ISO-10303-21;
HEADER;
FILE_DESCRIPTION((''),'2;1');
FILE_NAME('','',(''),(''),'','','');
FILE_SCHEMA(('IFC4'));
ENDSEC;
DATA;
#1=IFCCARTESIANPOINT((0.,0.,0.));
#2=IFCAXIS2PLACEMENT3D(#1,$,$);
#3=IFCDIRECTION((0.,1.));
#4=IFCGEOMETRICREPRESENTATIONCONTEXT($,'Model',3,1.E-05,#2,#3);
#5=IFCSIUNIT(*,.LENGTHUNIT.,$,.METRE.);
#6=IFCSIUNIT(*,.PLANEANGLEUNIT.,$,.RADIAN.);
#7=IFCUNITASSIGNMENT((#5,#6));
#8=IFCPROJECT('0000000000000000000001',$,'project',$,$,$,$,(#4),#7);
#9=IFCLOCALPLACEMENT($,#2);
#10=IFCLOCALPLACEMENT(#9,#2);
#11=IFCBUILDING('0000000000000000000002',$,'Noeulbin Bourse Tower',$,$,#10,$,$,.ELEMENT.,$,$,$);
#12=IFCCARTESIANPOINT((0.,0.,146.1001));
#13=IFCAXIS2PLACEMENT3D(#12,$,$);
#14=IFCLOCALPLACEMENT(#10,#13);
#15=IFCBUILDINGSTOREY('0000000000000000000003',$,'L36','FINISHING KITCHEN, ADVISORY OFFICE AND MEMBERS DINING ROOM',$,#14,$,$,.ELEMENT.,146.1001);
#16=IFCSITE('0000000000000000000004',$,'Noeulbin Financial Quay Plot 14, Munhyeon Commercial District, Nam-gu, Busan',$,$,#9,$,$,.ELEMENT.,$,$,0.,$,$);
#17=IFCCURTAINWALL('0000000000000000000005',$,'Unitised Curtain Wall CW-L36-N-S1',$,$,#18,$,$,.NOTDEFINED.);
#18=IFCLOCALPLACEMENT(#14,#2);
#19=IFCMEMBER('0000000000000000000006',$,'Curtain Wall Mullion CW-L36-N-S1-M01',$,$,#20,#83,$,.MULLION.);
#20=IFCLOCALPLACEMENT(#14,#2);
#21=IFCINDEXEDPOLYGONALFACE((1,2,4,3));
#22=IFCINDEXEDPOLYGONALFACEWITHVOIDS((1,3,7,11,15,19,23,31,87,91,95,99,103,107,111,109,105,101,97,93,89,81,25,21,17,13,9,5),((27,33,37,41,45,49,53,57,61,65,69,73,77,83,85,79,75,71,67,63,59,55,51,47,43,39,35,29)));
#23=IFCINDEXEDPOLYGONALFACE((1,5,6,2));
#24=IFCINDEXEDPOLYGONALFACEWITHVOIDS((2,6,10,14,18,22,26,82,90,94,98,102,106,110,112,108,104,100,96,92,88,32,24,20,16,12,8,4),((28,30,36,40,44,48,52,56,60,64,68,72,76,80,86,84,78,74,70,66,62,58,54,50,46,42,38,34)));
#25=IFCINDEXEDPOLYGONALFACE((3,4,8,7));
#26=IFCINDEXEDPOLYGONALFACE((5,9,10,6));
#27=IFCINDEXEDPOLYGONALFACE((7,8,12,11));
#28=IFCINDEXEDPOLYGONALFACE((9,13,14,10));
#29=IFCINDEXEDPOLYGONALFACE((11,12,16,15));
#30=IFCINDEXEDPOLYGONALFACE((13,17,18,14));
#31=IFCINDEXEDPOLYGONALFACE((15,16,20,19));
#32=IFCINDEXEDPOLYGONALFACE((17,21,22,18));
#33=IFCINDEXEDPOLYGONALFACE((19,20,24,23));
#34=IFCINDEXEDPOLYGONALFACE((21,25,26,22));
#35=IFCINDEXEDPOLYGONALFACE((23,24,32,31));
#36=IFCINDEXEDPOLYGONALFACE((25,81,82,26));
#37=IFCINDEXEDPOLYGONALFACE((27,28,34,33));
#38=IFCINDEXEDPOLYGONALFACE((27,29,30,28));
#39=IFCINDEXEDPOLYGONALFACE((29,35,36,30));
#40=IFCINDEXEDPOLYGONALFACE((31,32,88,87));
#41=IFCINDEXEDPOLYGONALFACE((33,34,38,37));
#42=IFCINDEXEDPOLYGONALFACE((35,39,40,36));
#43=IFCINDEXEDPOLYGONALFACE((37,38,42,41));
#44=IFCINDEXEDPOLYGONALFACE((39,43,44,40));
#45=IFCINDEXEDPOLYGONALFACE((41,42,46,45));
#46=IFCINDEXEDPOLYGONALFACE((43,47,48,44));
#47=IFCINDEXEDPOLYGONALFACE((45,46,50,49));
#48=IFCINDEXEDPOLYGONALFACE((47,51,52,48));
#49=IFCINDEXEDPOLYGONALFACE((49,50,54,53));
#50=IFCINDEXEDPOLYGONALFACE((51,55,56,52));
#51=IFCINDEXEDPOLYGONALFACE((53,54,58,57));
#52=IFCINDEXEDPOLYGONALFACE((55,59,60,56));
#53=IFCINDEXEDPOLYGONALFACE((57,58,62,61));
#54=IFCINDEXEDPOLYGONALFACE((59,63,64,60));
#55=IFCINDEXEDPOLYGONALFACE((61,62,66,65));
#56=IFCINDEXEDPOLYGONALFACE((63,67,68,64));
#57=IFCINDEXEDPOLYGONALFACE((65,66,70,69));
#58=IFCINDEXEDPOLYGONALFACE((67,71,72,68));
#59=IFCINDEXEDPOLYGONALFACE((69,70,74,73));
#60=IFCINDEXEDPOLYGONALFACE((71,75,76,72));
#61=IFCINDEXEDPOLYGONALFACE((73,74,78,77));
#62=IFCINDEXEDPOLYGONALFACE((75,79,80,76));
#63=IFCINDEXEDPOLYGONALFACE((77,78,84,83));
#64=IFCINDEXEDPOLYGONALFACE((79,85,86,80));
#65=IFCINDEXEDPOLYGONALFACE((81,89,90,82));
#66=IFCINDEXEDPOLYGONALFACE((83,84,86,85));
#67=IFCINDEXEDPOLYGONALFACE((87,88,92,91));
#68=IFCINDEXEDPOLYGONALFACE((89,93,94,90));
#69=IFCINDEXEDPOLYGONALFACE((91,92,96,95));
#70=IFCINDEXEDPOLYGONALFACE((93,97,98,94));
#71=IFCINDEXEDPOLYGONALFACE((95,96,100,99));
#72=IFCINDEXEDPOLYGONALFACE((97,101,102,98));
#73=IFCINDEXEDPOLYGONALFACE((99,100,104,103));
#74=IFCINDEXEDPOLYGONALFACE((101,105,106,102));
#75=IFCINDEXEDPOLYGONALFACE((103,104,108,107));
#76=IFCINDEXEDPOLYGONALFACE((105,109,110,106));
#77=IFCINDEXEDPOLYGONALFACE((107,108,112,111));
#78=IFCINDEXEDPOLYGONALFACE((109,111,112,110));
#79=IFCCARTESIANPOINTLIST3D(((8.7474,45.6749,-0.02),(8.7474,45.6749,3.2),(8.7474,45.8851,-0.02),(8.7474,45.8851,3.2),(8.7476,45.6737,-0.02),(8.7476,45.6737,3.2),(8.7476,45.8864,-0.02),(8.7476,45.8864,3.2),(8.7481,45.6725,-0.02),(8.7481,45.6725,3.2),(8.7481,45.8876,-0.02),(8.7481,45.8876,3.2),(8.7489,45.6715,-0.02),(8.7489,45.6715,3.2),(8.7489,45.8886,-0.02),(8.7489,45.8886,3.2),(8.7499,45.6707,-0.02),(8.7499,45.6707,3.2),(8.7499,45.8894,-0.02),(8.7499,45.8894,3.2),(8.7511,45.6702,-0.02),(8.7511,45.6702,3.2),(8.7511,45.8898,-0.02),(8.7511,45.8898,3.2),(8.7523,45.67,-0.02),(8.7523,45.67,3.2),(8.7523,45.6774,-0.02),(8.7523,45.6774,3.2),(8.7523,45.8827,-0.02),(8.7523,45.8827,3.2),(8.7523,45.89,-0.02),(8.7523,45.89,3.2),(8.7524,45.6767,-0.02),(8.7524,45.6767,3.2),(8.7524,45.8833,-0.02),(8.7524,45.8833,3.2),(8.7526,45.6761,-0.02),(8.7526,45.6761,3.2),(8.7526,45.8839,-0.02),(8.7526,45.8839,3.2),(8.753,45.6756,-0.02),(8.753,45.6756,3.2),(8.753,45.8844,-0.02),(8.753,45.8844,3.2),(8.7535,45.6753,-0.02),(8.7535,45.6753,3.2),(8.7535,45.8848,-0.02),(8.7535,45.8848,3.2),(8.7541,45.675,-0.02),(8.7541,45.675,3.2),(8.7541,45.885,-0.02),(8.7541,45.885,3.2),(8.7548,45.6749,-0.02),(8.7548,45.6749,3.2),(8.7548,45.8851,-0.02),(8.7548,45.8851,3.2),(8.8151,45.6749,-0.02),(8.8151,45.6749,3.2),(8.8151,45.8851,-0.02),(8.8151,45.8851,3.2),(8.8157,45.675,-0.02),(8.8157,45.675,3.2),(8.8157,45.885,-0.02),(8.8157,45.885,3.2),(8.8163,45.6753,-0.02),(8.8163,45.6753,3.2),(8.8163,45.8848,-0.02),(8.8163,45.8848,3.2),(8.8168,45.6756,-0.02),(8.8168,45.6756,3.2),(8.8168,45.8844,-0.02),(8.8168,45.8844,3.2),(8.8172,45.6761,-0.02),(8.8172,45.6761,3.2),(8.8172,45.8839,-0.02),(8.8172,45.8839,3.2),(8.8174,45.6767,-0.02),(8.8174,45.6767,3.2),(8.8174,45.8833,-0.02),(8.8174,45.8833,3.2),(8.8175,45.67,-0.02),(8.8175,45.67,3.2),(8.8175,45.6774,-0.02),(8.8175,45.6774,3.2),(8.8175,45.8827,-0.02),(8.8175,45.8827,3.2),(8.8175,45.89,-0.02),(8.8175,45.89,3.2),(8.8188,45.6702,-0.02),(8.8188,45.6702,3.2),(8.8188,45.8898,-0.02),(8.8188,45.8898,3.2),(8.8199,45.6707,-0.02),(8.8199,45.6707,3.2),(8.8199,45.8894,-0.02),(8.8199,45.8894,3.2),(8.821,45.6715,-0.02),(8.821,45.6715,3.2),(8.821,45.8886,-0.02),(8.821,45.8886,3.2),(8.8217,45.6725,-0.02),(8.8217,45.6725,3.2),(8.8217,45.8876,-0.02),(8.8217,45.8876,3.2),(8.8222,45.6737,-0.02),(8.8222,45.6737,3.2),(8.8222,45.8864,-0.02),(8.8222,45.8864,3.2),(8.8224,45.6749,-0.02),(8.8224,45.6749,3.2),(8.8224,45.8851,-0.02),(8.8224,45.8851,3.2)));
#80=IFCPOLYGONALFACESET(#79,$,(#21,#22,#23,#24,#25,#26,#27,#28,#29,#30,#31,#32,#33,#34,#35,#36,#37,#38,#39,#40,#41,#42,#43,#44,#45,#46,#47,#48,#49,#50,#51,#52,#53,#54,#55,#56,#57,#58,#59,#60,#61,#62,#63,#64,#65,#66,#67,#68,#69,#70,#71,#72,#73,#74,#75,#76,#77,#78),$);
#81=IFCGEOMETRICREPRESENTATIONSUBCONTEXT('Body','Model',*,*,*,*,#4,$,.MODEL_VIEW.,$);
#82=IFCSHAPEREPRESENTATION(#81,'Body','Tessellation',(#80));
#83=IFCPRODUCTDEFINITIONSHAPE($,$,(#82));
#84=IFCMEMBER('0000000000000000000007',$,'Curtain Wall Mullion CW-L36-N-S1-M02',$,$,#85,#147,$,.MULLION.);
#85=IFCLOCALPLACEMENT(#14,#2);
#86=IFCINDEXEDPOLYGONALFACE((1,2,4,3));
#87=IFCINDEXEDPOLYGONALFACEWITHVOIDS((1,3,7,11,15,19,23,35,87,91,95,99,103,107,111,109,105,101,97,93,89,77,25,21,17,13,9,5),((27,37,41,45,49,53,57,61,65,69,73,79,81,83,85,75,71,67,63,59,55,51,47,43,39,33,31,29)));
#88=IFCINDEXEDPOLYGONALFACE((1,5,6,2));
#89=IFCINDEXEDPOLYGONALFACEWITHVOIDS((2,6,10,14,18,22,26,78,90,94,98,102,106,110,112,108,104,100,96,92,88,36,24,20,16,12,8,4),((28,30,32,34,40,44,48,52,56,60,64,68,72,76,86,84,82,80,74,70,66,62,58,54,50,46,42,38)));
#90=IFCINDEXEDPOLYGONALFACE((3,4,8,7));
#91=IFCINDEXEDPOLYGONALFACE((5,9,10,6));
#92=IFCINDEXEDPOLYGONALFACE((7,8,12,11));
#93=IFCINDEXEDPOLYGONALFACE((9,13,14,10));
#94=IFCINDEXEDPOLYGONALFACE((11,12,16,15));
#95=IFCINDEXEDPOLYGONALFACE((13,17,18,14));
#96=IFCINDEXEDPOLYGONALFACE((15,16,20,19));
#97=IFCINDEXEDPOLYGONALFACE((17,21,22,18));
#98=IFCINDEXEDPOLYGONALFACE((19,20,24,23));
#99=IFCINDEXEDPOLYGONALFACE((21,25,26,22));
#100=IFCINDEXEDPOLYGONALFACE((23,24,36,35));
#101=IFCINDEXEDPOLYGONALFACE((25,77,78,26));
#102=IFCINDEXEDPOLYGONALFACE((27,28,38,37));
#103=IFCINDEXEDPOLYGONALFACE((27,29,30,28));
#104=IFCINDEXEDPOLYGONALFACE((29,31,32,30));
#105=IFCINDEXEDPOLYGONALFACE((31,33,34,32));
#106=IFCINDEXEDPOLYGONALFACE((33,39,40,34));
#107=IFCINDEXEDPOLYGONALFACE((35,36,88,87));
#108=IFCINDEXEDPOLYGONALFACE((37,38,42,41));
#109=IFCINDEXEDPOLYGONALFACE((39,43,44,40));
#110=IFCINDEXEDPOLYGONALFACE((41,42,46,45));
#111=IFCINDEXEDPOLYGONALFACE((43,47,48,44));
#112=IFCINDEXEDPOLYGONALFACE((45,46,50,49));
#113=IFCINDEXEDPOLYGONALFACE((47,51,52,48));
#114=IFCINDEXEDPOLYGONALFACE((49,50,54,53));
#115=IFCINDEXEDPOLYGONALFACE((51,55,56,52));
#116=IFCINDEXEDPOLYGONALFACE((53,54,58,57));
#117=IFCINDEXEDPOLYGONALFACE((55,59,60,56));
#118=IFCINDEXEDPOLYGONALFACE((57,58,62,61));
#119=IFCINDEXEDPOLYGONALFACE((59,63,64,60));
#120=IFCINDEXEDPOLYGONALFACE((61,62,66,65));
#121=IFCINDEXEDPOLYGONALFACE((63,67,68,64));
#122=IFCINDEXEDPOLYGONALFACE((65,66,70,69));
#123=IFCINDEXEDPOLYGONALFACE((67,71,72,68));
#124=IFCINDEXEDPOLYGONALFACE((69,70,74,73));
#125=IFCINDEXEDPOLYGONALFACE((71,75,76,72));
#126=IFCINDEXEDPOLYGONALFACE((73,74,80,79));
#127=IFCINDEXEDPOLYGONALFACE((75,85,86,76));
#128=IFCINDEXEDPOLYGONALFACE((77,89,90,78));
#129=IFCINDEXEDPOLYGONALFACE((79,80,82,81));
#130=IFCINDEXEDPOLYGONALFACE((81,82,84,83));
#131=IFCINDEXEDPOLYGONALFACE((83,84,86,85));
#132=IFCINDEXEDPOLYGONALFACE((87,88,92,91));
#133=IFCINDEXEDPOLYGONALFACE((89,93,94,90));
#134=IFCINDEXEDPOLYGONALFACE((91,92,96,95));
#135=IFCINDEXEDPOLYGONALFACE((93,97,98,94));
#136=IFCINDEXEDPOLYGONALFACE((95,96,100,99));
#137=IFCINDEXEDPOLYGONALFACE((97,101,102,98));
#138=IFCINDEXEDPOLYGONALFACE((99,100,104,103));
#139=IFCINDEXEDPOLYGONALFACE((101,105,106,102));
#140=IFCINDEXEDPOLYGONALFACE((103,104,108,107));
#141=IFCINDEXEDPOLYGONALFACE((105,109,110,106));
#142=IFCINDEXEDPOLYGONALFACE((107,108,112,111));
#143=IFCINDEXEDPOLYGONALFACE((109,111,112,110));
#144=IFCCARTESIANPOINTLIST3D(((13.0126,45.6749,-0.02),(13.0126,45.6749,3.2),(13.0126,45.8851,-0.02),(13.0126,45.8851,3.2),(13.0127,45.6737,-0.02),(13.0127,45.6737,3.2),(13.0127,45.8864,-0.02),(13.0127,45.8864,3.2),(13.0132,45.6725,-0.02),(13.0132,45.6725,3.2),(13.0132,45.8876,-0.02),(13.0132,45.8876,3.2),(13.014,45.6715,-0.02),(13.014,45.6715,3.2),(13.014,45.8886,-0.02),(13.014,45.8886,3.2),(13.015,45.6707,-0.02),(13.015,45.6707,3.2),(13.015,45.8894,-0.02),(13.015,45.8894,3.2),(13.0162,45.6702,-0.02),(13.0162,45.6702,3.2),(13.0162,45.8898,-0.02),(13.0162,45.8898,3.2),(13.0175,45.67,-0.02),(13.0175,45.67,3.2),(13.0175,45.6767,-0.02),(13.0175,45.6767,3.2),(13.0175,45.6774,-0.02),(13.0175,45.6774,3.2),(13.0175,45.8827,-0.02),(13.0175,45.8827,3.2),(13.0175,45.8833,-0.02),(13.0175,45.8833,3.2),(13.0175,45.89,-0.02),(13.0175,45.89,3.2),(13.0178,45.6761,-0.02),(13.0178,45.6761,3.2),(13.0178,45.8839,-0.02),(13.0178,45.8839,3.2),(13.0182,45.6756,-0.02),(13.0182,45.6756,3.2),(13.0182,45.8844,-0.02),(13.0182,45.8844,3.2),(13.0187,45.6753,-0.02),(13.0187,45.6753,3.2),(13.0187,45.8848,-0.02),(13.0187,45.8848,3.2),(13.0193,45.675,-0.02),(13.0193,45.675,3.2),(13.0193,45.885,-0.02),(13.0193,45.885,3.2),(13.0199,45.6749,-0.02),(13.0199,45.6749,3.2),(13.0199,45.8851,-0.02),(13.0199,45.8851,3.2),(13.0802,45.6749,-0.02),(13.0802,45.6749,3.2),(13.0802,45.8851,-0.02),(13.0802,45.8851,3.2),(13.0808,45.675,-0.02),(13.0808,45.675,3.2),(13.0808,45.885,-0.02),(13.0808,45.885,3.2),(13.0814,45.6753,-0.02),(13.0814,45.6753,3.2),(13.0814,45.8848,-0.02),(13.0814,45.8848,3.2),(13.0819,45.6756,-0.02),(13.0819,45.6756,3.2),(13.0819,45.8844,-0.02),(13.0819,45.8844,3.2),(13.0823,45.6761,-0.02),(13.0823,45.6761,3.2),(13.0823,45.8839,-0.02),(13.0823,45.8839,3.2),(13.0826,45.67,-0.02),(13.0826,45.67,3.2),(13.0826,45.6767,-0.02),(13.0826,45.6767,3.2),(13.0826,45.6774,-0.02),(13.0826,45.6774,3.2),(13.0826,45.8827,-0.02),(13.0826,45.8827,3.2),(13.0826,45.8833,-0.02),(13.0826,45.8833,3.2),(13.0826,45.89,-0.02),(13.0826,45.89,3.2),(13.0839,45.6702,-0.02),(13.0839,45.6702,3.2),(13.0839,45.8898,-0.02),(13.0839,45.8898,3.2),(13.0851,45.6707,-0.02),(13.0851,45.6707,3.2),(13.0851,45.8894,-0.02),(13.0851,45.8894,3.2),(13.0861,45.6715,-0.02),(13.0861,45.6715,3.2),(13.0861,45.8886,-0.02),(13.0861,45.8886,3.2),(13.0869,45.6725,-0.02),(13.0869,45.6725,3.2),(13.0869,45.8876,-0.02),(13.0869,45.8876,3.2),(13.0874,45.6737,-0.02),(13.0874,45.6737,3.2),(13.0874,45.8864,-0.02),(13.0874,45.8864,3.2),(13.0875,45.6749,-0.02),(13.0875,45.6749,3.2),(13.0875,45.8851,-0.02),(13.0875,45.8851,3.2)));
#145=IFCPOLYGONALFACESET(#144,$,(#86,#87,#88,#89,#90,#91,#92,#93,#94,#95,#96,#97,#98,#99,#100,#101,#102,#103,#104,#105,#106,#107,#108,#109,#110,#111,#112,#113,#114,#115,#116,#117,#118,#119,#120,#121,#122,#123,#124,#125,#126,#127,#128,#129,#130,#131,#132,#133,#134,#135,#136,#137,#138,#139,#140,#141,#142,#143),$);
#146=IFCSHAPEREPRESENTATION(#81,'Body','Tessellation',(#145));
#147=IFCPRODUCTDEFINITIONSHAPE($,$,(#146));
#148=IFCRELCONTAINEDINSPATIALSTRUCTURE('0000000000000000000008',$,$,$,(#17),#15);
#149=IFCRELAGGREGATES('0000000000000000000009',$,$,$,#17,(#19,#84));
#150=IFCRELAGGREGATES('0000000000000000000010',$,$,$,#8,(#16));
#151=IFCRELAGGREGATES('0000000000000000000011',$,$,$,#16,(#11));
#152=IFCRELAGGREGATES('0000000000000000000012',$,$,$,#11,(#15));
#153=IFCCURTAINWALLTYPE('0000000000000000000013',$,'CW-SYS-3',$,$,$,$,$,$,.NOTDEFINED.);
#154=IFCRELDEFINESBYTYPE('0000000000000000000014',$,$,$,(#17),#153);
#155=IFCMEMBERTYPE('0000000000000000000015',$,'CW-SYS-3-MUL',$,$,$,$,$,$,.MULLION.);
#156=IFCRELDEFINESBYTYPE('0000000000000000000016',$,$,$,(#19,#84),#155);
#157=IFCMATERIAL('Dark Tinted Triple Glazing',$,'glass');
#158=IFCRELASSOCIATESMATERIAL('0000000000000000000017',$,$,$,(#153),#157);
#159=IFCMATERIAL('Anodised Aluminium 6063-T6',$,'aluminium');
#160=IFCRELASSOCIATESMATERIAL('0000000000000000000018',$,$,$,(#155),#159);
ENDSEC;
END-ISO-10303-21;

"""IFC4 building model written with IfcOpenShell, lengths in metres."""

from ifc_helpers import new_model, si_unit, direction, frame, origin, origin_2d, place, context, subcontext, project, spatial, hollow_rectangle, extrude, material, material_profile, profile_set, type_object, element, aggregate, save


model = new_model("IFC4")

# Units and contexts
model_context = context("Model", 3, precision=1e-05, world=origin(), true_north=direction((0.0, 1.0)))
body_context = subcontext(model_context, "Body", "Model", "MODEL_VIEW")
ifc_project = project(units=[si_unit("LENGTHUNIT", "METRE"), si_unit("PLANEANGLEUNIT", "RADIAN")], contexts=[model_context])

# Site, building, storey
site_placement = place(None, origin())
site = spatial("IfcSite", under=ifc_project, at=site_placement, Name="Noeulbin Financial Quay Plot 14, Munhyeon Commercial District, Nam-gu, Busan", CompositionType="ELEMENT", RefElevation=0.0)
building_placement = place(site_placement, origin())
building = spatial("IfcBuilding", under=site, at=building_placement, Name="Noeulbin Bourse Tower", CompositionType="ELEMENT")
storey_placement = place(building_placement, frame((0.0, 0.0, 146.1001)))
storey = spatial("IfcBuildingStorey", under=building, at=storey_placement, Name="L36", Description="FINISHING KITCHEN, ADVISORY OFFICE AND MEMBERS DINING ROOM", CompositionType="ELEMENT", Elevation=146.1001)

# Curtain wall, members
ifc_material_1 = material(Name="Dark Tinted Triple Glazing", Category="glass")
curtain_wall_type = type_object("IfcCurtainWallType", Name="CW-SYS-3", PredefinedType="NOTDEFINED", material=ifc_material_1)
curtain_wall_1_placement = place(storey_placement, origin())
curtain_wall_1 = element("IfcCurtainWall", 1, at=curtain_wall_1_placement, inside=storey, type_object=curtain_wall_type, Name="Unitised Curtain Wall CW-L36-N-S1", PredefinedType="NOTDEFINED")
ifc_material_2 = material(Name="Anodised Aluminium 6063-T6", Category="aluminium")
ifc_material_profile_1 = material_profile(ifc_material_2, hollow_rectangle(XDim=0.075, YDim=0.22, WallThickness=0.0049, InnerFilletRadius=0.0024, OuterFilletRadius=0.0049, at=origin_2d()), Name="ALU-MULL-75x220x5", Category="LoadBearing")
ifc_profile_set_1 = profile_set([ifc_material_profile_1], Name="Anodised Aluminium 6063-T6")
member_type_1 = type_object("IfcMemberType", Name="CW-SYS-3-MUL", PredefinedType="MULLION", material=ifc_profile_set_1)
member_1_placement = place(storey_placement, frame((8.7849, 45.78, -0.02), z_axis=(0.0, 0.0, 1.0), x_axis=(1.0, 0.0, 0.0)))
member_1 = element("IfcMember", 2, at=member_1_placement, type_object=member_type_1, Name="Curtain Wall Mullion CW-L36-N-S1-M01", PredefinedType="MULLION", context=body_context, shape_type="SweptSolid", body=[
    extrude(hollow_rectangle(XDim=0.075, YDim=0.22, WallThickness=0.0049, InnerFilletRadius=0.0024, OuterFilletRadius=0.0049, at=origin_2d()), origin(), (0.0, 0.0, 1.0), 3.22),
])
member_2_placement = place(storey_placement, frame((13.05, 45.78, -0.02), z_axis=(0.0, 0.0, 1.0), x_axis=(1.0, 0.0, 0.0)))
member_2 = element("IfcMember", 3, at=member_2_placement, type_object=member_type_1, Name="Curtain Wall Mullion CW-L36-N-S1-M02", PredefinedType="MULLION", context=body_context, shape_type="SweptSolid", body=[
    extrude(hollow_rectangle(XDim=0.075, YDim=0.22, WallThickness=0.0049, InnerFilletRadius=0.0024, OuterFilletRadius=0.0049, at=origin_2d()), origin(), (0.0, 0.0, 1.0), 3.22),
])

aggregate(curtain_wall_1, [member_1, member_2])

save(model, "model.ifc")
